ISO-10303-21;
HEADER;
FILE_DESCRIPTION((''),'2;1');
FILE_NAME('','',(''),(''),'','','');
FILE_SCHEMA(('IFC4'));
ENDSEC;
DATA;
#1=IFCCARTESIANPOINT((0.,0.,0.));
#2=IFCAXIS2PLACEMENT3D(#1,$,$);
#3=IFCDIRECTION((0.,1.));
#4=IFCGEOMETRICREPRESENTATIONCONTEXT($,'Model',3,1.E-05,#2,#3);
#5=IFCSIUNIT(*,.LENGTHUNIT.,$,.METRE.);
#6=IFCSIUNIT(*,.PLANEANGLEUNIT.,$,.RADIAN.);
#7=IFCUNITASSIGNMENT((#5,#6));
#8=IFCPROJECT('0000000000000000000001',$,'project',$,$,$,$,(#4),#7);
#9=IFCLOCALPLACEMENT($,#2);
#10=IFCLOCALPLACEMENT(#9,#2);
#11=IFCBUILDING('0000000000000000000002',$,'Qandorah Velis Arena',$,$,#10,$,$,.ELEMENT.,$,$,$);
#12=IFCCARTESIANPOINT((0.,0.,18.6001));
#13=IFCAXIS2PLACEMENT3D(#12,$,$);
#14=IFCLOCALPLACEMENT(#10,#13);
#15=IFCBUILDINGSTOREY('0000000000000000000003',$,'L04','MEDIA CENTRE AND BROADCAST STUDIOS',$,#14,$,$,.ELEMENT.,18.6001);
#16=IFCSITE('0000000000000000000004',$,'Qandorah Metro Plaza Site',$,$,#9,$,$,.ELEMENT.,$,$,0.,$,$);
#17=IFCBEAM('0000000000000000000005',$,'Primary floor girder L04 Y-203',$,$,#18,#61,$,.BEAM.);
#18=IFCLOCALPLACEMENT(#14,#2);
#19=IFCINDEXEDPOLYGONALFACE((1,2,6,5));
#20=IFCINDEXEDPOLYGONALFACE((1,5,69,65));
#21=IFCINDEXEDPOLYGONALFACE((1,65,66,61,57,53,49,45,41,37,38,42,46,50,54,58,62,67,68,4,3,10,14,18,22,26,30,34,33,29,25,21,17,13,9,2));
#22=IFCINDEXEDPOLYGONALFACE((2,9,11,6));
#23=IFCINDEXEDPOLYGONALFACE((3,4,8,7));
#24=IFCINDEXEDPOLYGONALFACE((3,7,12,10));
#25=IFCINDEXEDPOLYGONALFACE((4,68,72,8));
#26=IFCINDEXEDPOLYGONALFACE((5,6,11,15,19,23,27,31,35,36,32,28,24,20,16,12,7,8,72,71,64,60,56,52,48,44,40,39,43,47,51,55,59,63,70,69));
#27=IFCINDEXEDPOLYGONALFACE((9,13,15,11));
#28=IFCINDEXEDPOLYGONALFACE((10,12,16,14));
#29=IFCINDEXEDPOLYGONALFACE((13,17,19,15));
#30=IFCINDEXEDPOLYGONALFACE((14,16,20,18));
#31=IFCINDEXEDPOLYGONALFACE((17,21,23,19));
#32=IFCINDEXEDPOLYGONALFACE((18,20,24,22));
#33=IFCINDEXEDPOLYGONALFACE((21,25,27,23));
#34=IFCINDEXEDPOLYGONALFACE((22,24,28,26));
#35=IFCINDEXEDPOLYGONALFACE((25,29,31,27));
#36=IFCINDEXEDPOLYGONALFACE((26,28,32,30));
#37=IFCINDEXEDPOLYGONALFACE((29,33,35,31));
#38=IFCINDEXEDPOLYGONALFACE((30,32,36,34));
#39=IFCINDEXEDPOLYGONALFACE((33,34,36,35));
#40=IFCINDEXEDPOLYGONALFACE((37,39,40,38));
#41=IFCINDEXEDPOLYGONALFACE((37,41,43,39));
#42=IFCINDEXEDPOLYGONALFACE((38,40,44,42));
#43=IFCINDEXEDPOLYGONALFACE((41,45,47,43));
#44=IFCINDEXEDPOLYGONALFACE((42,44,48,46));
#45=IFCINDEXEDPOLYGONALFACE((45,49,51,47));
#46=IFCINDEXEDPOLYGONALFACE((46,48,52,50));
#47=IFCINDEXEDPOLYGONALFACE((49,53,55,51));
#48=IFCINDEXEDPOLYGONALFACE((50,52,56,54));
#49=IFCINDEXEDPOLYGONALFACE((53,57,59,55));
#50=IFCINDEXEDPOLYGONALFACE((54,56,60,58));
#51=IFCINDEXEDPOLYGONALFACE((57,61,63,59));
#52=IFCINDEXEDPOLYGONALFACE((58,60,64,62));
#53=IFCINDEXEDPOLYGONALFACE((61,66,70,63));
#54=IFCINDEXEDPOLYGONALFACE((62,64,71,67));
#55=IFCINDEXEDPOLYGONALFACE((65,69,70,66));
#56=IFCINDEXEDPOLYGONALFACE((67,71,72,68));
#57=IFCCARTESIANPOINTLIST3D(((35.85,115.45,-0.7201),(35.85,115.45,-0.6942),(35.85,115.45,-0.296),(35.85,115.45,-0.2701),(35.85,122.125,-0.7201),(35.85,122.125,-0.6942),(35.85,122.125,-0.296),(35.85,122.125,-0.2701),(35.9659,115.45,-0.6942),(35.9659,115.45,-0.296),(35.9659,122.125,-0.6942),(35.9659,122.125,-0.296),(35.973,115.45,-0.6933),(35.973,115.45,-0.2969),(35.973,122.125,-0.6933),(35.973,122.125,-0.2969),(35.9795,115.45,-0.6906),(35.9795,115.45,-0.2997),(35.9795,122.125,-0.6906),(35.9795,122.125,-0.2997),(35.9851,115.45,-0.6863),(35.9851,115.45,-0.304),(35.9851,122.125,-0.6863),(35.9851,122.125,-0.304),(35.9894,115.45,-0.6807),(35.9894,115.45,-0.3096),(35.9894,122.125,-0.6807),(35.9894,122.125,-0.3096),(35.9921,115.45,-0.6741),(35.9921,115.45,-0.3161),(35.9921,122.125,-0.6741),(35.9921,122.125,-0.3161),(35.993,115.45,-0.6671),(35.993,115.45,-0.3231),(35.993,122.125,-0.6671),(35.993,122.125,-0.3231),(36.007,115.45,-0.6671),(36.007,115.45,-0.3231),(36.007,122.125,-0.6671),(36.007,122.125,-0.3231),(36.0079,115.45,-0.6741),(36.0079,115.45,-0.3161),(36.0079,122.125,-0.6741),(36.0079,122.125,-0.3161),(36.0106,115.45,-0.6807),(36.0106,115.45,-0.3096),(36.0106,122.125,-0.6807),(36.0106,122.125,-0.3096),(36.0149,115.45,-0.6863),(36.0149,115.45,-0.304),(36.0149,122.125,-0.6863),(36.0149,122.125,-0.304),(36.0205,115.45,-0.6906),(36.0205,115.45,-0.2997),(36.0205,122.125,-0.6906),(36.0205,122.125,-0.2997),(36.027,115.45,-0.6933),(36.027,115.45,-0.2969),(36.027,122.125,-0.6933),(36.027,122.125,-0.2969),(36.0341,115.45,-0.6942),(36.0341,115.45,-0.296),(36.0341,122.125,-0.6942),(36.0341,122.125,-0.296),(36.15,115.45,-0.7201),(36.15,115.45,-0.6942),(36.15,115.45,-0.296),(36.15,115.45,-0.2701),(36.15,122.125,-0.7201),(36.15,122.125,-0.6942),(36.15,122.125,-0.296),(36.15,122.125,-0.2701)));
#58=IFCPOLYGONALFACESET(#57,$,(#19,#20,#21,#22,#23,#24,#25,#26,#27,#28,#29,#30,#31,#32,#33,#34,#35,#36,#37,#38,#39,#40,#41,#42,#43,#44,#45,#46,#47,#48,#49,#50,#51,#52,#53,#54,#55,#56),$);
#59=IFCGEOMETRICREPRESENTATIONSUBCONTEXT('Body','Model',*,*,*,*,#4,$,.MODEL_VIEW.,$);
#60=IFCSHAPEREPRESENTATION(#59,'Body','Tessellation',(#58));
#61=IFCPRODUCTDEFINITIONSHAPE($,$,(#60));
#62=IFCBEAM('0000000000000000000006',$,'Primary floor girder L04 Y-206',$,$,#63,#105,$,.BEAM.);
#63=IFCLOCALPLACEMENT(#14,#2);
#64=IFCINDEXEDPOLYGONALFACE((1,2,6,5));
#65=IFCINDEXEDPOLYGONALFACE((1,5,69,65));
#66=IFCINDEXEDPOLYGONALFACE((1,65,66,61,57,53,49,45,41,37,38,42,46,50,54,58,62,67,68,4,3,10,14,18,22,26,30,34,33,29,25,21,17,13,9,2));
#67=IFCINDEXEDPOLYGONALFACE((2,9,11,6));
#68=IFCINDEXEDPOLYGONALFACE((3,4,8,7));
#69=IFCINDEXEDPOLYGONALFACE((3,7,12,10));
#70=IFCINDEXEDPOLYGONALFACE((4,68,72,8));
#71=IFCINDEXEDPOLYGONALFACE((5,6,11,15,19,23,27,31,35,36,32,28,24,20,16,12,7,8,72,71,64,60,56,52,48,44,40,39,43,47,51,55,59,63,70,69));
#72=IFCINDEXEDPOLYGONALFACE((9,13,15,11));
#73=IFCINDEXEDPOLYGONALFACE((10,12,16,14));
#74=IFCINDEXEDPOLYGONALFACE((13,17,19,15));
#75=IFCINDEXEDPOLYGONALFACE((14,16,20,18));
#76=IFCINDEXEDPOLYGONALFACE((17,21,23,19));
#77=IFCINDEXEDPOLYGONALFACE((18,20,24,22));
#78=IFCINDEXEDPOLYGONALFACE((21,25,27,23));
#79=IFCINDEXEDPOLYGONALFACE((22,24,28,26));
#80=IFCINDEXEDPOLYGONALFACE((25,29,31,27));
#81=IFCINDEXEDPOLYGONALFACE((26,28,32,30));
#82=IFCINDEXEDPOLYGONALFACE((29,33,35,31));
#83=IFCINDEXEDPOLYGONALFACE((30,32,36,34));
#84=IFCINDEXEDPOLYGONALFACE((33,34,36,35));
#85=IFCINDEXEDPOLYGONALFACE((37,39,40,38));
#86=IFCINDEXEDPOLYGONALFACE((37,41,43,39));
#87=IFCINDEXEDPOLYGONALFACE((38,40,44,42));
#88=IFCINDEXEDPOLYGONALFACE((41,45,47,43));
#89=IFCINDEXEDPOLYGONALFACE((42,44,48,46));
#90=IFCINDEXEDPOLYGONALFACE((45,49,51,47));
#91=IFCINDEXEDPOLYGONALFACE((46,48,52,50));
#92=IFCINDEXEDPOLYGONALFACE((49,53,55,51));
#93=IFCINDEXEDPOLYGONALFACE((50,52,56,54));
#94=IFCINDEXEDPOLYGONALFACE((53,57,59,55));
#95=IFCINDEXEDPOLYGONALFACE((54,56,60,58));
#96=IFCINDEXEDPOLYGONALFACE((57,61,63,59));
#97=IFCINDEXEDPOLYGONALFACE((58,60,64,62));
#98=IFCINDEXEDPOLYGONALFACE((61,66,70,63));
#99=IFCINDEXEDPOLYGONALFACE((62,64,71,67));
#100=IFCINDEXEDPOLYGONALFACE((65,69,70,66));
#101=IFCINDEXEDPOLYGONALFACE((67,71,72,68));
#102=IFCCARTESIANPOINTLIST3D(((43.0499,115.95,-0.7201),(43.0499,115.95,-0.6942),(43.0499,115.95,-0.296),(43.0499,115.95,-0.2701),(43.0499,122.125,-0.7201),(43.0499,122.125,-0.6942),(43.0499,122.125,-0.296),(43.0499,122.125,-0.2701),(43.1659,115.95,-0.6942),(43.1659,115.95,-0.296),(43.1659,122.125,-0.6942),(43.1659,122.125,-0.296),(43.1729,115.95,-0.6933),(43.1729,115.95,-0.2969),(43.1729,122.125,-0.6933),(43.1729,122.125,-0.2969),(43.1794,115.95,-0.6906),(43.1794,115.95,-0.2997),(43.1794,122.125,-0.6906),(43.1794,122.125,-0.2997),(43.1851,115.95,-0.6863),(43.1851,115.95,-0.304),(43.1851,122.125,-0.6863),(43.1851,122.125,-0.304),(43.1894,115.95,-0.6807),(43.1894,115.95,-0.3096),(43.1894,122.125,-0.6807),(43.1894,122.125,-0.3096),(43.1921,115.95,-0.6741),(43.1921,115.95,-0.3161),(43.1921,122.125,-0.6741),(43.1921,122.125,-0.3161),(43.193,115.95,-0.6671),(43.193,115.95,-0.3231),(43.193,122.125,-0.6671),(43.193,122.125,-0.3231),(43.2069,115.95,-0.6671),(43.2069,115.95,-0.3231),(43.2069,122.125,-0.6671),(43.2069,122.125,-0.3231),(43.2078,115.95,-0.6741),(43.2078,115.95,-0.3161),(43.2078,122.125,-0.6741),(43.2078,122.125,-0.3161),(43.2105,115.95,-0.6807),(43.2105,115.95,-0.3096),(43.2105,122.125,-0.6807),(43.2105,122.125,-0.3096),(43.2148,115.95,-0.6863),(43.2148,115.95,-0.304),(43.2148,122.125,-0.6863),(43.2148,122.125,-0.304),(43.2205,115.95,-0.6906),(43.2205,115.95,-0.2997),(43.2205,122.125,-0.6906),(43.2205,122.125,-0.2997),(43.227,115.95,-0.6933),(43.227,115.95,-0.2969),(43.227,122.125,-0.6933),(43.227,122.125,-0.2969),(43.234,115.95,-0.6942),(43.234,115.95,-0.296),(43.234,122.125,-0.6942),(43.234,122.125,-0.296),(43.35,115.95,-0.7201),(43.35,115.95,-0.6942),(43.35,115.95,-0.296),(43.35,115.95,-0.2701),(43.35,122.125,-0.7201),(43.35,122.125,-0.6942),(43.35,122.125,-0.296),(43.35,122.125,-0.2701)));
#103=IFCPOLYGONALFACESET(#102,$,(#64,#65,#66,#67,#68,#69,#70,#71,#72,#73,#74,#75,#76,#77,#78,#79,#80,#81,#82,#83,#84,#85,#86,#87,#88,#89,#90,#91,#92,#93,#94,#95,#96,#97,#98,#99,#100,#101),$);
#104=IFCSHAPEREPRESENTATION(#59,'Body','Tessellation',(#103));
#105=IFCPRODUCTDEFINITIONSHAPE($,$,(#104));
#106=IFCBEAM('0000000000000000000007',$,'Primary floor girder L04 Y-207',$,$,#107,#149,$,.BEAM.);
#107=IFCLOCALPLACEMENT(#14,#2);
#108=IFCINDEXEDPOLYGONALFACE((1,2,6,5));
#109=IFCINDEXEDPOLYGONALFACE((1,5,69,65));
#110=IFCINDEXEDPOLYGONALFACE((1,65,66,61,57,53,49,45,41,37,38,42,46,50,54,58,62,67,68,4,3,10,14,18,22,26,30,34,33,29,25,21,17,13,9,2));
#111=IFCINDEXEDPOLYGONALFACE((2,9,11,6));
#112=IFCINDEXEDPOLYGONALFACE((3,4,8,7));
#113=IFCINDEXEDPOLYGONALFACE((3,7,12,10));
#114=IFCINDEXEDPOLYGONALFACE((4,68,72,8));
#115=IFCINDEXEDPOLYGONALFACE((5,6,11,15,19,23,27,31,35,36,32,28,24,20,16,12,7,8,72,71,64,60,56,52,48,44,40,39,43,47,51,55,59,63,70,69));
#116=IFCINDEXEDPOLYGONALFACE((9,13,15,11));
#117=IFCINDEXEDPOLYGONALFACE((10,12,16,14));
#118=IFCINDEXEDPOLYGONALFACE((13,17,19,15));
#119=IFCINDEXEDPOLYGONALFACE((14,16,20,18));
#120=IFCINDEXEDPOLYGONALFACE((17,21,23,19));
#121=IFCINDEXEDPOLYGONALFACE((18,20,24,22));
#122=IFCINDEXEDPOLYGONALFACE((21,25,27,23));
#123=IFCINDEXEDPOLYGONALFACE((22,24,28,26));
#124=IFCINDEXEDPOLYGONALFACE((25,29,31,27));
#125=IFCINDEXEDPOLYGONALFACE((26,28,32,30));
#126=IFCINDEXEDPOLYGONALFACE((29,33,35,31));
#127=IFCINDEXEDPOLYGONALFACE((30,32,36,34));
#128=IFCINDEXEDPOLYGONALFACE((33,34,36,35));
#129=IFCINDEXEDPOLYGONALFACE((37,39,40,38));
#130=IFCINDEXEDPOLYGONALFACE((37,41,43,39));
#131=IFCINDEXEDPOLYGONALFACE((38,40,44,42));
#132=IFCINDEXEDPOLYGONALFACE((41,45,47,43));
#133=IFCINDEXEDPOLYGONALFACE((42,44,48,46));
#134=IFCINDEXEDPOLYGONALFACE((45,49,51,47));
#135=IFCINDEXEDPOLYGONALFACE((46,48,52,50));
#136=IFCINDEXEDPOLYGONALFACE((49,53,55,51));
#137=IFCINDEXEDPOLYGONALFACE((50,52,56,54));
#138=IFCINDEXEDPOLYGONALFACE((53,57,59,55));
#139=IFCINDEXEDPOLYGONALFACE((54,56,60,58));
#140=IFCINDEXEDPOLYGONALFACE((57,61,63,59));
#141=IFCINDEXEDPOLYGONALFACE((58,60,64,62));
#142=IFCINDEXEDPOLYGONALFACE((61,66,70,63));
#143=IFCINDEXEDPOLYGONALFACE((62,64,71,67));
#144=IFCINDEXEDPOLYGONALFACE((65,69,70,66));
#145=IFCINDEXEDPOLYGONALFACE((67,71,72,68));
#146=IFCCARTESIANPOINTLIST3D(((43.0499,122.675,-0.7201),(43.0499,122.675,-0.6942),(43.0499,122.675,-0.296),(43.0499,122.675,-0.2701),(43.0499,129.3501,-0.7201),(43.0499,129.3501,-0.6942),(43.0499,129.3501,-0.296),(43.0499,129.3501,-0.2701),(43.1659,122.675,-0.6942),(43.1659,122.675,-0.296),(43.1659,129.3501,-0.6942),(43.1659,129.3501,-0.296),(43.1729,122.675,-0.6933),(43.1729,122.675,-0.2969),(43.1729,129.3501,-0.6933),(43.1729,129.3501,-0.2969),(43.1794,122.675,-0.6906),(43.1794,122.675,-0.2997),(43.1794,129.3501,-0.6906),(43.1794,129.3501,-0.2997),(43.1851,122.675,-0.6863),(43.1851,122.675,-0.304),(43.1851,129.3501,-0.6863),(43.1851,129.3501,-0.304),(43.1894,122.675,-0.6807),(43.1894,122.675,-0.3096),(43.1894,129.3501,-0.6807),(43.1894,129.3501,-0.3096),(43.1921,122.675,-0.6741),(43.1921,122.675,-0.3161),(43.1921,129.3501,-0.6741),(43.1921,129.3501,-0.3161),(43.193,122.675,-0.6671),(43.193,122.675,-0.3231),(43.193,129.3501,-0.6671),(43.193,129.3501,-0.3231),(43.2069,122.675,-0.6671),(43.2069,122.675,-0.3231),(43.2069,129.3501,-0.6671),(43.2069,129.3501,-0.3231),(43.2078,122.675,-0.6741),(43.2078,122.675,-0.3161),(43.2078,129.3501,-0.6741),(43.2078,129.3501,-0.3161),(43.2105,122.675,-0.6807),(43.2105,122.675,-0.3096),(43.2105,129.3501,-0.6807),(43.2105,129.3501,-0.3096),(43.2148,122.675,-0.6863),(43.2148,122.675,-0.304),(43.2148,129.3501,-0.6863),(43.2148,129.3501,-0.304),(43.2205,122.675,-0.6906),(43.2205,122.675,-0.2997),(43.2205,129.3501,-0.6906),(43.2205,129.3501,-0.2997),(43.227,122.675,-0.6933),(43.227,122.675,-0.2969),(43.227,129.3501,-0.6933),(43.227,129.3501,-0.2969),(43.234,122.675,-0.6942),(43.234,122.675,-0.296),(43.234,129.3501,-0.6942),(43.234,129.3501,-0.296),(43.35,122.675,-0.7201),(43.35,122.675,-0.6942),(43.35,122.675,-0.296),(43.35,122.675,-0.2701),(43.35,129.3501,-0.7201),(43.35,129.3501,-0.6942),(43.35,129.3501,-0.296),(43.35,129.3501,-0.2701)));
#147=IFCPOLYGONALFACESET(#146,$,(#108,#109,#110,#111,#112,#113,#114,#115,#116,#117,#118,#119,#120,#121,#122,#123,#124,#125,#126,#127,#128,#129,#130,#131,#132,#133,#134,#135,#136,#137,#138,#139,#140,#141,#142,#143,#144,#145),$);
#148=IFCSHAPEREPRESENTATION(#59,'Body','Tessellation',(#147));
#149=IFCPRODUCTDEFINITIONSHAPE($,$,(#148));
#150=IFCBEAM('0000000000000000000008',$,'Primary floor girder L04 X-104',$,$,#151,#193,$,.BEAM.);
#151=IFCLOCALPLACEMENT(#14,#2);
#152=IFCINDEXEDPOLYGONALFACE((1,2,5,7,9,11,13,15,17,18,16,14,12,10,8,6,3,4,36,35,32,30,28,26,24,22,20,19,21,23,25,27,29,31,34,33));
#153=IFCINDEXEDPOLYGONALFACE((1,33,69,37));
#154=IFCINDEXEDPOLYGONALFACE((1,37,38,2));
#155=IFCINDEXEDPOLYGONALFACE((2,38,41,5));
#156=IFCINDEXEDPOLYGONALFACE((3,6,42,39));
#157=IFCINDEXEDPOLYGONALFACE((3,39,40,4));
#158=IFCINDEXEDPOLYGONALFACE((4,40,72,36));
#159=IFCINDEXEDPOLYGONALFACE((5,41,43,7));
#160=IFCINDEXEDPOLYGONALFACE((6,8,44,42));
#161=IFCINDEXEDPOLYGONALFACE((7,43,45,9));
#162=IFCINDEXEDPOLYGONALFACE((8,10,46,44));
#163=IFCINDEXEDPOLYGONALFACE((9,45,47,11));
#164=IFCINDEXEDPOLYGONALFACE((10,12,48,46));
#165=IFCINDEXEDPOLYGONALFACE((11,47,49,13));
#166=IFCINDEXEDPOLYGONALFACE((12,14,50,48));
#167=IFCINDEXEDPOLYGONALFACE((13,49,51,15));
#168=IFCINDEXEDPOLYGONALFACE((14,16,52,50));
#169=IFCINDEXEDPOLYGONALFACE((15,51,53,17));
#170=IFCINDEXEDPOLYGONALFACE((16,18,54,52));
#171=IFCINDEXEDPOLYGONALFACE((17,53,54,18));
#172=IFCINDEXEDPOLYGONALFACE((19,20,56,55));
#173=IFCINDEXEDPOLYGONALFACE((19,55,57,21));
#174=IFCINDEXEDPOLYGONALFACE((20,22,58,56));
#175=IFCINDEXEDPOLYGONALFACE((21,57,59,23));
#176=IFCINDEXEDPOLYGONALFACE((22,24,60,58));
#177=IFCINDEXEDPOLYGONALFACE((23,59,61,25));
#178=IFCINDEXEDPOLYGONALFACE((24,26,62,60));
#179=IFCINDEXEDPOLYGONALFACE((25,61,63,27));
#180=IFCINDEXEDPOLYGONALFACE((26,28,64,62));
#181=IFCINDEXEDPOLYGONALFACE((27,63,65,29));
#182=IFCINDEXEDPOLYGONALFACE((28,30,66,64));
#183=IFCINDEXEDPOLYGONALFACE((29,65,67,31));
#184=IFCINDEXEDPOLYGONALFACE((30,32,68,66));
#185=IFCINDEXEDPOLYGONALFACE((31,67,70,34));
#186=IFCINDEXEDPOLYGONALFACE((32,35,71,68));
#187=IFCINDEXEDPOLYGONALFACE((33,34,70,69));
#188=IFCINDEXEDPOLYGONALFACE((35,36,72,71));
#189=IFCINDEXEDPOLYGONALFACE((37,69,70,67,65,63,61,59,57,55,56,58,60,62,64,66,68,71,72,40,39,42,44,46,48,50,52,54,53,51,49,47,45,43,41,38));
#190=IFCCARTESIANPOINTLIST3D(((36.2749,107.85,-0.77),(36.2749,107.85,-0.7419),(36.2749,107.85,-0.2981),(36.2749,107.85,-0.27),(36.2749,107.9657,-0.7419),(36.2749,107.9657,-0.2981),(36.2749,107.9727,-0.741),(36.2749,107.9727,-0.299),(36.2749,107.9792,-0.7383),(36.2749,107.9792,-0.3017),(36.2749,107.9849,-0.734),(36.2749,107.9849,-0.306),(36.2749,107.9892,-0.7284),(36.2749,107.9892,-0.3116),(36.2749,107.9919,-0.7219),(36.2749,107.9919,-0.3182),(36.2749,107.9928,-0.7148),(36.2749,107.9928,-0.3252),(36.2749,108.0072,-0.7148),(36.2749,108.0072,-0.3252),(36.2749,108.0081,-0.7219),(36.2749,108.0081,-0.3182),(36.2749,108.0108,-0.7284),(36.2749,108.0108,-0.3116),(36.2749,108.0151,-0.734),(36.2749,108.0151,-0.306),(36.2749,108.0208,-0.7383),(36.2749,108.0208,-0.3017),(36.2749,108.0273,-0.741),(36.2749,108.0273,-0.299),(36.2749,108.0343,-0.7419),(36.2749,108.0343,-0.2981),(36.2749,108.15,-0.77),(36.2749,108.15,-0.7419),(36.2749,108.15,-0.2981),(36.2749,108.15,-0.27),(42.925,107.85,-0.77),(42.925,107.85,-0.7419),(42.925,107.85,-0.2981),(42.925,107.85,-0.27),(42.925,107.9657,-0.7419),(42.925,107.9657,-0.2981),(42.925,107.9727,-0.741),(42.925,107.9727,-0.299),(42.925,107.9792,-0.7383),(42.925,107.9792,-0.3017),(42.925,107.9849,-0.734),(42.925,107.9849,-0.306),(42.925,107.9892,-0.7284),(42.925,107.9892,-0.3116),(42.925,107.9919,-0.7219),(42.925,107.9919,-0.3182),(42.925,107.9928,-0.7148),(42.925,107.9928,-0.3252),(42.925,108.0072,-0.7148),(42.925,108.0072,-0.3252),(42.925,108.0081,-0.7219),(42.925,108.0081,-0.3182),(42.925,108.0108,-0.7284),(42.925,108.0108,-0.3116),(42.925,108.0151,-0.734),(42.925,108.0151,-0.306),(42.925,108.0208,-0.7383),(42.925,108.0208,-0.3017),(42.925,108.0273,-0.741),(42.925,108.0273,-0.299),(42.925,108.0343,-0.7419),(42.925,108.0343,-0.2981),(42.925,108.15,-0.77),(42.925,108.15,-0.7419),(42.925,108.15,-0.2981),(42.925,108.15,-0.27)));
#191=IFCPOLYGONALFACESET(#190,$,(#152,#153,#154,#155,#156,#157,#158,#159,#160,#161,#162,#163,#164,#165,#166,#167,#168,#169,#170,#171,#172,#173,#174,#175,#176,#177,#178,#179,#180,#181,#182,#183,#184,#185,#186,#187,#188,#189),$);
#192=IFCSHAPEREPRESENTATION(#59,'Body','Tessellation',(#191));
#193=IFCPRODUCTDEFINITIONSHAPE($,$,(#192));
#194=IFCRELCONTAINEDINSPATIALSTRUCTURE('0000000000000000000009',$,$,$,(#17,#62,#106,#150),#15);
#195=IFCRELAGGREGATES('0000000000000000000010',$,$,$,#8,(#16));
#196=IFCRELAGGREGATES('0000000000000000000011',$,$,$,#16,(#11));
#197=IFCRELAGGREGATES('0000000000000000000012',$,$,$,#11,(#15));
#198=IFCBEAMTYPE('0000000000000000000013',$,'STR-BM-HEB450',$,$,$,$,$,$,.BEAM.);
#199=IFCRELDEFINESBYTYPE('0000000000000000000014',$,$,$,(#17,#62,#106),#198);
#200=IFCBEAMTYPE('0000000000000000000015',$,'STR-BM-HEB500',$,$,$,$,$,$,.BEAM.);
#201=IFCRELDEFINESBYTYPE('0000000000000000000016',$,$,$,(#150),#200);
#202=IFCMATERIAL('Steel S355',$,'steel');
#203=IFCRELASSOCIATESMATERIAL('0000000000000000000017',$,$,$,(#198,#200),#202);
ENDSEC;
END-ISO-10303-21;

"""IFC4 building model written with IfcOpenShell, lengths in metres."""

from ifc_helpers import new_model, si_unit, direction, frame, origin, origin_2d, place, context, subcontext, project, spatial, i_section, extrude, material, material_profile, profile_set, type_object, element, save


model = new_model("IFC4")

# Units and contexts
model_context = context("Model", 3, precision=1e-05, world=origin(), true_north=direction((0.0, 1.0)))
body_context = subcontext(model_context, "Body", "Model", "MODEL_VIEW")
ifc_project = project(units=[si_unit("LENGTHUNIT", "METRE"), si_unit("PLANEANGLEUNIT", "RADIAN")], contexts=[model_context])

# Site, building, storey
site_placement = place(None, origin())
site = spatial("IfcSite", under=ifc_project, at=site_placement, Name="Qandorah Metro Plaza Site", CompositionType="ELEMENT", RefElevation=0.0)
building_placement = place(site_placement, origin())
building = spatial("IfcBuilding", under=site, at=building_placement, Name="Qandorah Velis Arena", CompositionType="ELEMENT")
storey_placement = place(building_placement, frame((0.0, 0.0, 18.6001)))
storey = spatial("IfcBuildingStorey", under=building, at=storey_placement, Name="L04", Description="MEDIA CENTRE AND BROADCAST STUDIOS", CompositionType="ELEMENT", Elevation=18.6001)

# Shared definitions
ifc_material_1 = material(Name="Steel S355", Category="steel")

# Beams
ifc_material_profile_1 = material_profile(ifc_material_1, i_section(OverallWidth=0.3, OverallDepth=0.45, WebThickness=0.0139, FlangeThickness=0.0259, FilletRadius=0.0271, at=origin_2d()), Name="HEB 450")
ifc_profile_set_1 = profile_set([ifc_material_profile_1], Name="Steel S355")
beam_type_1 = type_object("IfcBeamType", Name="STR-BM-HEB450", PredefinedType="BEAM", material=ifc_profile_set_1)
beam_1_placement = place(storey_placement, frame((36.0, 115.45, -0.4951), z_axis=(0.0, 1.0, 0.0), x_axis=(-1.0, 0.0, 0.0)))
element("IfcBeam", 1, at=beam_1_placement, inside=storey, type_object=beam_type_1, Name="Primary floor girder L04 Y-203", PredefinedType="BEAM", context=body_context, shape_type="SweptSolid", body=[
    extrude(i_section(OverallWidth=0.3, OverallDepth=0.45, WebThickness=0.0139, FlangeThickness=0.0259, FilletRadius=0.0271, at=origin_2d()), origin(), (0.0, 0.0, 1.0), 6.675),
])
beam_2_placement = place(storey_placement, frame((43.2, 115.95, -0.4951), z_axis=(0.0, 1.0, 0.0), x_axis=(-1.0, 0.0, 0.0)))
element("IfcBeam", 2, at=beam_2_placement, inside=storey, type_object=beam_type_1, Name="Primary floor girder L04 Y-206", PredefinedType="BEAM", context=body_context, shape_type="SweptSolid", body=[
    extrude(i_section(OverallWidth=0.3, OverallDepth=0.45, WebThickness=0.0139, FlangeThickness=0.0259, FilletRadius=0.0271, at=origin_2d()), origin(), (0.0, 0.0, 1.0), 6.175),
])
beam_3_placement = place(storey_placement, frame((43.2, 122.675, -0.4951), z_axis=(0.0, 1.0, 0.0), x_axis=(-1.0, 0.0, 0.0)))
element("IfcBeam", 3, at=beam_3_placement, inside=storey, type_object=beam_type_1, Name="Primary floor girder L04 Y-207", PredefinedType="BEAM", context=body_context, shape_type="SweptSolid", body=[
    extrude(i_section(OverallWidth=0.3, OverallDepth=0.45, WebThickness=0.0139, FlangeThickness=0.0259, FilletRadius=0.0271, at=origin_2d()), origin(), (0.0, 0.0, 1.0), 6.675),
])
ifc_material_profile_2 = material_profile(ifc_material_1, i_section(OverallWidth=0.3, OverallDepth=0.5, WebThickness=0.0144, FlangeThickness=0.0281, FilletRadius=0.0271, at=origin_2d()), Name="HEB 500")
ifc_profile_set_2 = profile_set([ifc_material_profile_2], Name="Steel S355")
beam_type_2 = type_object("IfcBeamType", Name="STR-BM-HEB500", PredefinedType="BEAM", material=ifc_profile_set_2)
beam_4_placement = place(storey_placement, frame((36.2749, 108.0, -0.52), z_axis=(1.0, 0.0, 0.0), x_axis=(0.0, 1.0, 0.0)))
element("IfcBeam", 4, at=beam_4_placement, inside=storey, type_object=beam_type_2, Name="Primary floor girder L04 X-104", PredefinedType="BEAM", context=body_context, shape_type="SweptSolid", body=[
    extrude(i_section(OverallWidth=0.3, OverallDepth=0.5, WebThickness=0.0144, FlangeThickness=0.0281, FilletRadius=0.0271, at=origin_2d()), origin(), (0.0, 0.0, 1.0), 6.6501),
])

save(model, "model.ifc")
